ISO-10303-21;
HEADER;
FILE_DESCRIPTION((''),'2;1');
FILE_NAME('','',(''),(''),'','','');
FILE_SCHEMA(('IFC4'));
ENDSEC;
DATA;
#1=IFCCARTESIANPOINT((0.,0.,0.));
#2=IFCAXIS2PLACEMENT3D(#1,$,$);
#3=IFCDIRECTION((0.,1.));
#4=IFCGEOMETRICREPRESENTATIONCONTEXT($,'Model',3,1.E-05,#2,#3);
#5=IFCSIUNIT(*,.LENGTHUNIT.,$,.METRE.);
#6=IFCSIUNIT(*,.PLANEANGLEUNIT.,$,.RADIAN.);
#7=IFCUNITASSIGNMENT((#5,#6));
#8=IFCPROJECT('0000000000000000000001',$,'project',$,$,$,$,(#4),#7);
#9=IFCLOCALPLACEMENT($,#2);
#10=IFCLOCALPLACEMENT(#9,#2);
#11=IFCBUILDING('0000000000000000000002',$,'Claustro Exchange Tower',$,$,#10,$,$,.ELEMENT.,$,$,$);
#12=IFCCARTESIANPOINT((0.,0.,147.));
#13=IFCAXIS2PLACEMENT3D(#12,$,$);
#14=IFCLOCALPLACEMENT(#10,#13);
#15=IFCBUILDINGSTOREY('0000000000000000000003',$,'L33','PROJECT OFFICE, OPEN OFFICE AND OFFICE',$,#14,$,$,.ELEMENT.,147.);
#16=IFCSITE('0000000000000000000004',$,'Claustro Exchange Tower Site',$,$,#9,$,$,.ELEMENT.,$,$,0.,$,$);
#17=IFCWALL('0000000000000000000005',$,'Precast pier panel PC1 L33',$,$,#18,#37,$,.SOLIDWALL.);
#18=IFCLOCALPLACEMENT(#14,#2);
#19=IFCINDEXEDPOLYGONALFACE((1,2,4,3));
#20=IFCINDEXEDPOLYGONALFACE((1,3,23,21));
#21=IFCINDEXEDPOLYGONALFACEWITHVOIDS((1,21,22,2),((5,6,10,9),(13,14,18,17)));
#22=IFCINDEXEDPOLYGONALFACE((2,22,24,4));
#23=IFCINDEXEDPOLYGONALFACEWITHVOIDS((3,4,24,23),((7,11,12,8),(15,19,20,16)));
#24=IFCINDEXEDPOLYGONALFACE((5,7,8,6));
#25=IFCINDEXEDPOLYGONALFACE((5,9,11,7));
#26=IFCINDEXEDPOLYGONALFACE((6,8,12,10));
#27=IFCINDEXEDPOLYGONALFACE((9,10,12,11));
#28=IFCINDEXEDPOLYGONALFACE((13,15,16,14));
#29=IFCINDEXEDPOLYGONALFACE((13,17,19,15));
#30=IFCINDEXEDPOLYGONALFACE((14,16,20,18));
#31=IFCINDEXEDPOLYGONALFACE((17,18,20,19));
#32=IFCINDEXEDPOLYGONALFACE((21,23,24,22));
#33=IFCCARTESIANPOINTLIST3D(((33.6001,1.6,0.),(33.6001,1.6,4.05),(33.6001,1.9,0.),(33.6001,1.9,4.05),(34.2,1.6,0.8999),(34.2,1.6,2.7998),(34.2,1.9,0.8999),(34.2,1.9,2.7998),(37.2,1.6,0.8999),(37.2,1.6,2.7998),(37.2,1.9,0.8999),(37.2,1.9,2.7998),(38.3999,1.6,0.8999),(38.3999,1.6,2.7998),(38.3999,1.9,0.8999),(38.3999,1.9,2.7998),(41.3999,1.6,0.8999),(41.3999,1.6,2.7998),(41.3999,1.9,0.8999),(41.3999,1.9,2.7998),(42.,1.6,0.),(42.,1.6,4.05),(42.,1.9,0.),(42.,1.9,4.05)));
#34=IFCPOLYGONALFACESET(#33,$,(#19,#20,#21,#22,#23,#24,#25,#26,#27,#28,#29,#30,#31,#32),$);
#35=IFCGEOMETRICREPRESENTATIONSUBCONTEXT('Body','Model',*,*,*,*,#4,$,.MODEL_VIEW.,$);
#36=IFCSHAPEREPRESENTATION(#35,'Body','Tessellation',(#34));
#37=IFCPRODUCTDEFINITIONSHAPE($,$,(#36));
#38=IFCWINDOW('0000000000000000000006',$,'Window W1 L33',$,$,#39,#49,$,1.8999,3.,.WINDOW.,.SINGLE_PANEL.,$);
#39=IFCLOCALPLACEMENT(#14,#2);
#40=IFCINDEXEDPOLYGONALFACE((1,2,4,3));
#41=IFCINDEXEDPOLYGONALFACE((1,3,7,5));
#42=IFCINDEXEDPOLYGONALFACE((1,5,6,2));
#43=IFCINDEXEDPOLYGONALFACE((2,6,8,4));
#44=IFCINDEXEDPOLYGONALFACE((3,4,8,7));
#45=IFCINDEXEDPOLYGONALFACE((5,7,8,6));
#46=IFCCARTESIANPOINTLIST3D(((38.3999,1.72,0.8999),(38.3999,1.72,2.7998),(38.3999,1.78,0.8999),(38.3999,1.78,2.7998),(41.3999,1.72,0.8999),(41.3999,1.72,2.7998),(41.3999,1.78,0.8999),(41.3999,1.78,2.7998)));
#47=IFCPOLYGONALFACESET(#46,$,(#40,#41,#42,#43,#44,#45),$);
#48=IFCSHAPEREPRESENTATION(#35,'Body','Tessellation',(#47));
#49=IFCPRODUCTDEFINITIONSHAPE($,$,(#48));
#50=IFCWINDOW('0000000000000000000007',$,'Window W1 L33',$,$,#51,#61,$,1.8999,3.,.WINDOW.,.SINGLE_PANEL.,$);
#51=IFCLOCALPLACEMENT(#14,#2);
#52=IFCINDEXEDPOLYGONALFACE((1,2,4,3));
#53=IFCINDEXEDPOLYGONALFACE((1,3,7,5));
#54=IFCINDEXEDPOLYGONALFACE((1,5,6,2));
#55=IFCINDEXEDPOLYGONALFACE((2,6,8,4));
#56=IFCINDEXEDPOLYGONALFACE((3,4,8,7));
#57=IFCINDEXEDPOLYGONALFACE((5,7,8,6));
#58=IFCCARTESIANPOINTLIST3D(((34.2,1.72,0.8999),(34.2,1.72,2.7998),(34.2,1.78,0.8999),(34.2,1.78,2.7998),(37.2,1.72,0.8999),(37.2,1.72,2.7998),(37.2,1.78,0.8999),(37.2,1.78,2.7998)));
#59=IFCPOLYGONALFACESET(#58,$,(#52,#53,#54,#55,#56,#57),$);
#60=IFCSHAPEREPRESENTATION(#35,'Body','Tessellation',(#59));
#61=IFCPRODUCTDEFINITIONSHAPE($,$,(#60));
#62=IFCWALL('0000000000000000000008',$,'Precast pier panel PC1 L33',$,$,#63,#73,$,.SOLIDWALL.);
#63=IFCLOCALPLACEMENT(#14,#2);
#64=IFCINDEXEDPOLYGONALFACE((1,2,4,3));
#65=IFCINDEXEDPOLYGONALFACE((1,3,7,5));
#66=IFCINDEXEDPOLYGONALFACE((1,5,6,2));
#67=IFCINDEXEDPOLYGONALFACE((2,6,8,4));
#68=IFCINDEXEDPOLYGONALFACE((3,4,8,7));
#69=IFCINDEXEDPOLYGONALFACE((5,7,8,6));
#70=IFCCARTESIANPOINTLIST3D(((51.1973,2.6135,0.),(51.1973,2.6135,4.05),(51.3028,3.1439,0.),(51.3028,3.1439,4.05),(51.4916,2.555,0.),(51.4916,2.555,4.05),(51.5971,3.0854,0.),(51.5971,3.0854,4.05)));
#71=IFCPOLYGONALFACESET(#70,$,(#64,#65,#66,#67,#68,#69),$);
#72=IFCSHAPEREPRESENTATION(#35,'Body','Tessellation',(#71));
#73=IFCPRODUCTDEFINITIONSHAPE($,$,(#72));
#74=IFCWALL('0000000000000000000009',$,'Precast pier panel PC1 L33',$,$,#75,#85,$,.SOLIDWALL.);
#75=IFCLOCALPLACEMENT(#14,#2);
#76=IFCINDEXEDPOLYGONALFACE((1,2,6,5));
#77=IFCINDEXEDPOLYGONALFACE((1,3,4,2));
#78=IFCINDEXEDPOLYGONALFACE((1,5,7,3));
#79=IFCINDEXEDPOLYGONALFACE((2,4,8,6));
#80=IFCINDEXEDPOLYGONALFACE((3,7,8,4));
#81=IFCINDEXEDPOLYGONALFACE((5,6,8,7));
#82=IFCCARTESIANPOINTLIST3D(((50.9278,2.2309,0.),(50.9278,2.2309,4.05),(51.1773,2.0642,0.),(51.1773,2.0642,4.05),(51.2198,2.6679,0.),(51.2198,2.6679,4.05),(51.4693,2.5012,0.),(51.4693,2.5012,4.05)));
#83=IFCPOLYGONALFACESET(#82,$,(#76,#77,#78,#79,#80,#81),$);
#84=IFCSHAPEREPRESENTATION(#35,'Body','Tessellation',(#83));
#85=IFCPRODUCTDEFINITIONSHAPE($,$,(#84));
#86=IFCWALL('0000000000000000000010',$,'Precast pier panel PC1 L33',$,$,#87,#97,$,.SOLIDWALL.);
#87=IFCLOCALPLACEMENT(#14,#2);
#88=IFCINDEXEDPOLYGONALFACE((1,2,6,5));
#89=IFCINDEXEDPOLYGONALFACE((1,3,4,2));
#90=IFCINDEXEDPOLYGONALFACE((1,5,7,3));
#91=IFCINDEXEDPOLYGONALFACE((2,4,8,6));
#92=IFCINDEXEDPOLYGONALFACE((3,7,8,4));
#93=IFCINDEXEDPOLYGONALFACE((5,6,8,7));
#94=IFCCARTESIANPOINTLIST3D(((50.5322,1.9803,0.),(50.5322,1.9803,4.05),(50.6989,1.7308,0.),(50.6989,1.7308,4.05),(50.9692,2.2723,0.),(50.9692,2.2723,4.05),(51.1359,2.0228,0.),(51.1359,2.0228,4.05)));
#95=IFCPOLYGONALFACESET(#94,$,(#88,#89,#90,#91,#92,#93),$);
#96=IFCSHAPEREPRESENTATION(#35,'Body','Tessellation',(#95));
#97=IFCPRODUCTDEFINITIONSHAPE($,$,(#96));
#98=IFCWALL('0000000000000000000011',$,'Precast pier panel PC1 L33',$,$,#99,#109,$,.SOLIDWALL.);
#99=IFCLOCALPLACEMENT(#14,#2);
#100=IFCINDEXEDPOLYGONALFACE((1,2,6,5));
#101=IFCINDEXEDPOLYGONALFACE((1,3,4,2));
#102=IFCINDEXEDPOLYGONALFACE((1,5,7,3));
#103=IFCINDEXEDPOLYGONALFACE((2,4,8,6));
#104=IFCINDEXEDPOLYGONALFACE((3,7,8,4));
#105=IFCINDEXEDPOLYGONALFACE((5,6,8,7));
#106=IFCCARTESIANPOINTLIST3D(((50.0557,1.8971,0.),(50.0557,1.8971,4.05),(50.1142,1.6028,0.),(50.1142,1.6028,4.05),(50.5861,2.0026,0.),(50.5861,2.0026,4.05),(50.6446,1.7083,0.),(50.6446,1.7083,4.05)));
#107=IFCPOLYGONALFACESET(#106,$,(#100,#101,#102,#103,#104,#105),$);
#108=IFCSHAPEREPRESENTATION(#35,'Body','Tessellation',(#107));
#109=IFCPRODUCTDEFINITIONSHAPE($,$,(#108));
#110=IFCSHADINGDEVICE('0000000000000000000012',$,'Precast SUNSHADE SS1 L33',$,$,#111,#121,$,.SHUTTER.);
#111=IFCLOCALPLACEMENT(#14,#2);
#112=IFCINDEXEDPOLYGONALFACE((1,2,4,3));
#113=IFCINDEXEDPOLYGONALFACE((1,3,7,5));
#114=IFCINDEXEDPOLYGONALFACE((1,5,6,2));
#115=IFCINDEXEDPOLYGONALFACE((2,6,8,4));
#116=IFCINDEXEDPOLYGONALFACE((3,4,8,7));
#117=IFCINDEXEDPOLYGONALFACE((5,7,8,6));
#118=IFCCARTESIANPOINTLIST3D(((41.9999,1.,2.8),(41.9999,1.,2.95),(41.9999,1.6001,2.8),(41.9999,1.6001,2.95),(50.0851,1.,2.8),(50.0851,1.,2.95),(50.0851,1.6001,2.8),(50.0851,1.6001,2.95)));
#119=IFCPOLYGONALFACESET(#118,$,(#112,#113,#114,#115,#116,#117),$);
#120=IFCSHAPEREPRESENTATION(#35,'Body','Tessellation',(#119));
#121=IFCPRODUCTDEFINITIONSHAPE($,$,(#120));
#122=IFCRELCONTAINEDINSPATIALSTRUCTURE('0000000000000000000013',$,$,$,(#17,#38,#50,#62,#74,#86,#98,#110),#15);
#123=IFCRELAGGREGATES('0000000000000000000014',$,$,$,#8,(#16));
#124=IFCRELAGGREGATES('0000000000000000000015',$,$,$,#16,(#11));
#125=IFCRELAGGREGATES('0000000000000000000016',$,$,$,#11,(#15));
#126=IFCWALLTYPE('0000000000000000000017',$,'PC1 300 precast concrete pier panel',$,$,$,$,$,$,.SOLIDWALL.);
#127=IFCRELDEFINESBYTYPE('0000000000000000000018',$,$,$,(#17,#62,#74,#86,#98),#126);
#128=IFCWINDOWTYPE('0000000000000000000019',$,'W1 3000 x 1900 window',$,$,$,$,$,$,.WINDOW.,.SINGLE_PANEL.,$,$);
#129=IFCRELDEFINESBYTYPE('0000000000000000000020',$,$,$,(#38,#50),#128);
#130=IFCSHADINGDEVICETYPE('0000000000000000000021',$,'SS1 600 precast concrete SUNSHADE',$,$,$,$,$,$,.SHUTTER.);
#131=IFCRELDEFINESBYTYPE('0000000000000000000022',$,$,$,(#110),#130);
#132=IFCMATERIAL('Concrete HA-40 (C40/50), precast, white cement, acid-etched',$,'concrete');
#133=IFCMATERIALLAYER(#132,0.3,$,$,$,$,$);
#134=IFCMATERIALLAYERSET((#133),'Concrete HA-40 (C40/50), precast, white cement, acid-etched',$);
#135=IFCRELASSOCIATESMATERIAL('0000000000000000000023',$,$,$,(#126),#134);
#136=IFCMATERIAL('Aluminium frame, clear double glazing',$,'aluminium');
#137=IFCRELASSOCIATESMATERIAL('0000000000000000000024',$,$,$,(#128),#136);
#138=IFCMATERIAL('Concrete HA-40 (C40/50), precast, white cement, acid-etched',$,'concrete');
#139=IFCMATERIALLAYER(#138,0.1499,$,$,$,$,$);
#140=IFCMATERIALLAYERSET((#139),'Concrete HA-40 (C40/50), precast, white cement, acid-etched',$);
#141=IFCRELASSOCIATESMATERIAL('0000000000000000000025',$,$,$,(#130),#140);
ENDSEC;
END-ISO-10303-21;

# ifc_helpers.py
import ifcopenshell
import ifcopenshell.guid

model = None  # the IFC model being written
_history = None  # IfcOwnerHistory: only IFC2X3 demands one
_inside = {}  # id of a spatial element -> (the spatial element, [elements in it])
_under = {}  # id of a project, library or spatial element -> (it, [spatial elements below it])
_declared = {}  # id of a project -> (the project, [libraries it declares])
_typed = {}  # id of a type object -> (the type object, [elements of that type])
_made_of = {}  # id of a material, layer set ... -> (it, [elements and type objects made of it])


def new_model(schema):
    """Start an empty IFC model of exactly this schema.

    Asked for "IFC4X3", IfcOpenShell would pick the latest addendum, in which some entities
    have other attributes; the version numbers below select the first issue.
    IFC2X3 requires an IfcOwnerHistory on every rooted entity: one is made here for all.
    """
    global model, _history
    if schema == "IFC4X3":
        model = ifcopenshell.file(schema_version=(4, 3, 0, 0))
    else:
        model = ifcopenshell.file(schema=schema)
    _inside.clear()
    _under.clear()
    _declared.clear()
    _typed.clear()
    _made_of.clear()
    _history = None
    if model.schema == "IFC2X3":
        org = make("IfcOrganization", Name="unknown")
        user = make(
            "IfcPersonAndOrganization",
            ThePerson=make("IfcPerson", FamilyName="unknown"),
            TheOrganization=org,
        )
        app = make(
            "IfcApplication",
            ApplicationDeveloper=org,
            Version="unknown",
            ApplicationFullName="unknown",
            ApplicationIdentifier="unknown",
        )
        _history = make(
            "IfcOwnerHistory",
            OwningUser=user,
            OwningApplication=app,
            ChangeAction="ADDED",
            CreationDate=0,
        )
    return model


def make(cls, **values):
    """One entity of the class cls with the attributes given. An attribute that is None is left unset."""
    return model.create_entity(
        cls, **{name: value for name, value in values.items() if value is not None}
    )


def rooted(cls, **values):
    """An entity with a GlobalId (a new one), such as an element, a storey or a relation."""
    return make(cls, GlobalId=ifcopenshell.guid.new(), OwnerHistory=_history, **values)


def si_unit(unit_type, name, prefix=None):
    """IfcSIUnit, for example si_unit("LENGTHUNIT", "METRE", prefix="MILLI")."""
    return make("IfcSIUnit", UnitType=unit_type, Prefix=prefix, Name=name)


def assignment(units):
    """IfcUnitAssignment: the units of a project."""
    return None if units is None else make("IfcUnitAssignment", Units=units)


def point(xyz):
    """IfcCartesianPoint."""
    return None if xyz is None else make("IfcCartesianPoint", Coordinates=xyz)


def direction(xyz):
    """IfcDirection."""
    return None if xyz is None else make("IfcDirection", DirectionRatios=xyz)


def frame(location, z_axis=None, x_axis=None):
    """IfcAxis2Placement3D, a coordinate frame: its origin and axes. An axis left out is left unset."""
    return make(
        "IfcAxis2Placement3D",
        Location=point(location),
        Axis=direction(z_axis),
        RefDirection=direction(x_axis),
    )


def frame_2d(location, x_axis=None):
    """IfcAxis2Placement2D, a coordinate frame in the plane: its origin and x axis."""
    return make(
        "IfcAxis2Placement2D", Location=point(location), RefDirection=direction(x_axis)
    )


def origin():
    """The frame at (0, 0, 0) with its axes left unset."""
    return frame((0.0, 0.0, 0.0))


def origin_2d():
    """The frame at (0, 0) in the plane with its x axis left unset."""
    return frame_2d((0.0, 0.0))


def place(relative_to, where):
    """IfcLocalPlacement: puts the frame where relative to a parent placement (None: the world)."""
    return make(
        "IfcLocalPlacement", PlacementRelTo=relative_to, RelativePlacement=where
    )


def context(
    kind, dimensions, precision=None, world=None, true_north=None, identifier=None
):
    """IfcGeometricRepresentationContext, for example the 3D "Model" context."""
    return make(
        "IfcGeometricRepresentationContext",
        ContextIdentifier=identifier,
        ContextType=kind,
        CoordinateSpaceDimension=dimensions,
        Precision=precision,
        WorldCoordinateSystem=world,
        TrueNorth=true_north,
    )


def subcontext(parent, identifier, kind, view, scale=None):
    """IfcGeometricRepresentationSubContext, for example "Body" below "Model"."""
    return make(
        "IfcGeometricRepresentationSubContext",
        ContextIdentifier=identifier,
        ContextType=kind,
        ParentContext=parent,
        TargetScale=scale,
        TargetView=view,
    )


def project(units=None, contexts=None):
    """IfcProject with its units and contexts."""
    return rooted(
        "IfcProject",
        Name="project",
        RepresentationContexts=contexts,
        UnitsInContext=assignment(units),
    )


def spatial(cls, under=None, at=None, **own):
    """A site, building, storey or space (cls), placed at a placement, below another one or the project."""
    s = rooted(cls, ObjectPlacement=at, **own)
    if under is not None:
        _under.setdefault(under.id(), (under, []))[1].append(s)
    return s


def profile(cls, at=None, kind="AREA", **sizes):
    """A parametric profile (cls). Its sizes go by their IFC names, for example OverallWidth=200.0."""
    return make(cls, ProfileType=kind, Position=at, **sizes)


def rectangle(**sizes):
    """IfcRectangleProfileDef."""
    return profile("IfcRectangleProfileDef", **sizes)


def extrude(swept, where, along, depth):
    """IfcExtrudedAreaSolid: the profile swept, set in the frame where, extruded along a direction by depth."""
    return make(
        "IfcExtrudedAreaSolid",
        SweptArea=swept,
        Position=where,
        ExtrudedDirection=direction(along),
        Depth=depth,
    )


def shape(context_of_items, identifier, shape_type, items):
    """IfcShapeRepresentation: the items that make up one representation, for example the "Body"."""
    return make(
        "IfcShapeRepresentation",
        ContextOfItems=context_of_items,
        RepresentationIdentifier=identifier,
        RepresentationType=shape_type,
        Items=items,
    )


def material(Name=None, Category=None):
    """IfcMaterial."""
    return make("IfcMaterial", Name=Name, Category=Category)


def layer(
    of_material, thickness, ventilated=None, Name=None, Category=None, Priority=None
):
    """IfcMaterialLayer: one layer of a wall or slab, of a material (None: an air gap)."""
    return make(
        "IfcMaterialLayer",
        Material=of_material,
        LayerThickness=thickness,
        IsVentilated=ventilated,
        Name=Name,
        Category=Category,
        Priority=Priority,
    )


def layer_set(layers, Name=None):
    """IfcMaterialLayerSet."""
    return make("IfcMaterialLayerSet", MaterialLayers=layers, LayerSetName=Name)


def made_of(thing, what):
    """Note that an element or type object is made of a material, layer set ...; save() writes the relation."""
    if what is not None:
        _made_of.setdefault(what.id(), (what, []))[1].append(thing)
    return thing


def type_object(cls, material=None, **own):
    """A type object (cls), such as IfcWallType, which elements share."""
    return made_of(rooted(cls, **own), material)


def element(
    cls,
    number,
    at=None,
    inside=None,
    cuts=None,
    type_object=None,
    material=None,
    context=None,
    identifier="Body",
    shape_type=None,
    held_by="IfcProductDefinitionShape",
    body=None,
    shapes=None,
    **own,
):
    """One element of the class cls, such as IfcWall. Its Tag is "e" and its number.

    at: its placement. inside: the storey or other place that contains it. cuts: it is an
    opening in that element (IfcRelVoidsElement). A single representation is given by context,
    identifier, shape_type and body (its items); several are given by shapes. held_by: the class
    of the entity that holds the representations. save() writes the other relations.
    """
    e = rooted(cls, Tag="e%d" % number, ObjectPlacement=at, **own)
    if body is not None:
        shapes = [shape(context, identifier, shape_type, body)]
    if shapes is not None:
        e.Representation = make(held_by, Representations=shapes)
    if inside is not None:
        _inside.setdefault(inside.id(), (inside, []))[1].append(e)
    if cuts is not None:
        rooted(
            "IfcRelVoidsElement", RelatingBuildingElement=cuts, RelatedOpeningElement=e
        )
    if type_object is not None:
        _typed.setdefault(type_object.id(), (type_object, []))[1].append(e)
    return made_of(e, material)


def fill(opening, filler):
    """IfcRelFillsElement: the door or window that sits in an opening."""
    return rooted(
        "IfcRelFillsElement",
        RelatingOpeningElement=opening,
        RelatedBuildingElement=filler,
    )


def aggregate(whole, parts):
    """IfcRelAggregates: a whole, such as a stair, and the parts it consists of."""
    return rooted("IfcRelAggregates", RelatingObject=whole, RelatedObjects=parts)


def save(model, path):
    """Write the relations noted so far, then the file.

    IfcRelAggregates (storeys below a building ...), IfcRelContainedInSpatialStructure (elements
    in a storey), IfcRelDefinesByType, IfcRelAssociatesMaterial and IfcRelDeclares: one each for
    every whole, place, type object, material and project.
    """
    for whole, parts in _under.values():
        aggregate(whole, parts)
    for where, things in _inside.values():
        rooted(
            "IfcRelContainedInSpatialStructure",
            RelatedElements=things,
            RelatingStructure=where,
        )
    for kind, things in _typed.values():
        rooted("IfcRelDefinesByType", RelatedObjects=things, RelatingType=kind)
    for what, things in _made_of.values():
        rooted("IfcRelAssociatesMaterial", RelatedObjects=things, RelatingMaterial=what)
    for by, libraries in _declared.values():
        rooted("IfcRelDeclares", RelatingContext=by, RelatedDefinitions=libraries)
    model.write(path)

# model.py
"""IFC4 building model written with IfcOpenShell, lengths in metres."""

from ifc_helpers import new_model, si_unit, direction, frame, frame_2d, origin, origin_2d, place, context, subcontext, project, spatial, rectangle, extrude, material, layer, layer_set, type_object, element, fill, save


model = new_model("IFC4")

# Units and contexts
model_context = context("Model", 3, precision=1e-05, world=origin(), true_north=direction((0.0, 1.0)))
body_context = subcontext(model_context, "Body", "Model", "MODEL_VIEW")
ifc_project = project(units=[si_unit("LENGTHUNIT", "METRE"), si_unit("PLANEANGLEUNIT", "RADIAN")], contexts=[model_context])

# Site, building, storey
site_placement = place(None, origin())
site = spatial("IfcSite", under=ifc_project, at=site_placement, Name="Claustro Exchange Tower Site", CompositionType="ELEMENT", RefElevation=0.0)
building_placement = place(site_placement, origin())
building = spatial("IfcBuilding", under=site, at=building_placement, Name="Claustro Exchange Tower", CompositionType="ELEMENT")
storey_placement = place(building_placement, frame((0.0, 0.0, 147.0)))
storey = spatial("IfcBuildingStorey", under=building, at=storey_placement, Name="L33", Description="PROJECT OFFICE, OPEN OFFICE AND OFFICE", CompositionType="ELEMENT", Elevation=147.0)

# Wall, openings, windows
ifc_material_1 = material(Name="Concrete HA-40 (C40/50), precast, white cement, acid-etched", Category="concrete")
ifc_layer_1 = layer(ifc_material_1, 0.3)
ifc_layer_set_1 = layer_set([ifc_layer_1], Name="Concrete HA-40 (C40/50), precast, white cement, acid-etched")
wall_type_1 = type_object("IfcWallType", Name="PC1 300 precast concrete pier panel", PredefinedType="SOLIDWALL", material=ifc_layer_set_1)
ifc_material_2 = material(Name="Aluminium frame, clear double glazing", Category="aluminium")
window_type = type_object("IfcWindowType", Name="W1 3000 x 1900 window", PartitioningType="SINGLE_PANEL", PredefinedType="WINDOW", material=ifc_material_2)
wall_1_placement = place(storey_placement, frame((42.0, 1.75, 0.0), z_axis=(0.0, 0.0, 1.0), x_axis=(-1.0, 0.0, 0.0)))
wall_1 = element("IfcWall", 1, at=wall_1_placement, inside=storey, type_object=wall_type_1, Name="Precast pier panel PC1 L33", PredefinedType="SOLIDWALL", context=body_context, shape_type="SweptSolid", body=[
    extrude(rectangle(XDim=8.3999, YDim=0.3, at=frame_2d((4.2, 0.0))), origin(), (0.0, 0.0, 1.0), 4.05),
])
opening_1_placement = place(wall_1_placement, frame((0.6001, 0.0, 0.8999)))
opening_1 = element("IfcOpeningElement", 2, at=opening_1_placement, cuts=wall_1, PredefinedType="OPENING", context=body_context, shape_type="SweptSolid", body=[
    extrude(rectangle(XDim=3.0, YDim=1.8999, at=frame_2d((1.5, 0.95))), frame((0.0, 0.1599, 0.0), z_axis=(0.0, -1.0, 0.0), x_axis=(1.0, 0.0, 0.0)), (0.0, 0.0, 1.0), 0.3201),
])
opening_2_placement = place(wall_1_placement, frame((4.8, 0.0, 0.8999)))
opening_2 = element("IfcOpeningElement", 3, at=opening_2_placement, cuts=wall_1, PredefinedType="OPENING", context=body_context, shape_type="SweptSolid", body=[
    extrude(rectangle(XDim=3.0, YDim=1.8999, at=frame_2d((1.5, 0.95))), frame((0.0, 0.1599, 0.0), z_axis=(0.0, -1.0, 0.0), x_axis=(1.0, 0.0, 0.0)), (0.0, 0.0, 1.0), 0.3201),
])
window_1_placement = place(opening_1_placement, origin())
window_1 = element("IfcWindow", 4, at=window_1_placement, inside=storey, type_object=window_type, Name="Window W1 L33", OverallHeight=1.8999, OverallWidth=3.0, PartitioningType="SINGLE_PANEL", PredefinedType="WINDOW", context=body_context, shape_type="SweptSolid", body=[
    extrude(rectangle(XDim=3.0, YDim=1.8999, at=frame_2d((1.5, 0.95))), frame((0.0, 0.03, 0.0), z_axis=(0.0, -1.0, 0.0), x_axis=(1.0, 0.0, 0.0)), (0.0, 0.0, 1.0), 0.0601),
])
fill(opening_1, window_1)
window_2_placement = place(opening_2_placement, origin())
window_2 = element("IfcWindow", 5, at=window_2_placement, inside=storey, type_object=window_type, Name="Window W1 L33", OverallHeight=1.8999, OverallWidth=3.0, PartitioningType="SINGLE_PANEL", PredefinedType="WINDOW", context=body_context, shape_type="SweptSolid", body=[
    extrude(rectangle(XDim=3.0, YDim=1.8999, at=frame_2d((1.5, 0.95))), frame((0.0, 0.03, 0.0), z_axis=(0.0, -1.0, 0.0), x_axis=(1.0, 0.0, 0.0)), (0.0, 0.0, 1.0), 0.0601),
])
fill(opening_2, window_2)

# Walls
wall_2_placement = place(storey_placement, frame((51.45, 3.1147, 0.0), z_axis=(0.0, 0.0, 1.0), x_axis=(-0.195074, -0.980789, 0.0)))
element("IfcWall", 6, at=wall_2_placement, inside=storey, type_object=wall_type_1, Name="Precast pier panel PC1 L33", PredefinedType="SOLIDWALL", context=body_context, shape_type="SweptSolid", body=[
    extrude(rectangle(XDim=0.5408, YDim=0.3, at=frame_2d((0.2705, 0.0))), origin(), (0.0, 0.0, 1.0), 4.05),
])
for number, where, z_axis, x_axis, name in (
    (7, (51.3445, 2.5845, 0.0), (0.0, 0.0, 1.0), (-0.555557, -0.831478, 0.0), "Precast pier panel PC1 L33"),
    (8, (51.0525, 2.1475, 0.0), (0.0, 0.0, 1.0), (-0.831478, -0.555557, 0.0), "Precast pier panel PC1 L33"),
):
    element("IfcWall", number, at=place(storey_placement, frame(where, z_axis=z_axis, x_axis=x_axis)), inside=storey, type_object=wall_type_1, Name=name, PredefinedType="SOLIDWALL", context=body_context, shape_type="SweptSolid", body=[
        extrude(rectangle(XDim=0.5256, YDim=0.3, at=frame_2d((0.2627, 0.0))), origin(), (0.0, 0.0, 1.0), 4.05),
    ])
wall_3_placement = place(storey_placement, frame((50.6155, 1.8555, 0.0), z_axis=(0.0, 0.0, 1.0), x_axis=(-0.980789, -0.195074, 0.0)))
element("IfcWall", 9, at=wall_3_placement, inside=storey, type_object=wall_type_1, Name="Precast pier panel PC1 L33", PredefinedType="SOLIDWALL", context=body_context, shape_type="SweptSolid", body=[
    extrude(rectangle(XDim=0.5408, YDim=0.3, at=frame_2d((0.2705, 0.0))), origin(), (0.0, 0.0, 1.0), 4.05),
])

# Shading device
ifc_material_3 = material(Name="Concrete HA-40 (C40/50), precast, white cement, acid-etched", Category="concrete")
ifc_layer_2 = layer(ifc_material_3, 0.1499)
ifc_layer_set_2 = layer_set([ifc_layer_2], Name="Concrete HA-40 (C40/50), precast, white cement, acid-etched")
shading_device_type = type_object("IfcShadingDeviceType", Name="SS1 600 precast concrete SUNSHADE", PredefinedType="SHUTTER", material=ifc_layer_set_2)
shading_device_placement = place(storey_placement, frame((46.0425, 1.3, 2.8), z_axis=(0.0, 0.0, 1.0), x_axis=(-1.0, 0.0, 0.0)))
element("IfcShadingDevice", 10, at=shading_device_placement, inside=storey, type_object=shading_device_type, Name="Precast SUNSHADE SS1 L33", PredefinedType="SHUTTER", context=body_context, shape_type="SweptSolid", body=[
    extrude(rectangle(XDim=8.0852, YDim=0.6001, at=origin_2d()), origin(), (0.0, 0.0, 1.0), 0.1499),
])

save(model, "model.ifc")
